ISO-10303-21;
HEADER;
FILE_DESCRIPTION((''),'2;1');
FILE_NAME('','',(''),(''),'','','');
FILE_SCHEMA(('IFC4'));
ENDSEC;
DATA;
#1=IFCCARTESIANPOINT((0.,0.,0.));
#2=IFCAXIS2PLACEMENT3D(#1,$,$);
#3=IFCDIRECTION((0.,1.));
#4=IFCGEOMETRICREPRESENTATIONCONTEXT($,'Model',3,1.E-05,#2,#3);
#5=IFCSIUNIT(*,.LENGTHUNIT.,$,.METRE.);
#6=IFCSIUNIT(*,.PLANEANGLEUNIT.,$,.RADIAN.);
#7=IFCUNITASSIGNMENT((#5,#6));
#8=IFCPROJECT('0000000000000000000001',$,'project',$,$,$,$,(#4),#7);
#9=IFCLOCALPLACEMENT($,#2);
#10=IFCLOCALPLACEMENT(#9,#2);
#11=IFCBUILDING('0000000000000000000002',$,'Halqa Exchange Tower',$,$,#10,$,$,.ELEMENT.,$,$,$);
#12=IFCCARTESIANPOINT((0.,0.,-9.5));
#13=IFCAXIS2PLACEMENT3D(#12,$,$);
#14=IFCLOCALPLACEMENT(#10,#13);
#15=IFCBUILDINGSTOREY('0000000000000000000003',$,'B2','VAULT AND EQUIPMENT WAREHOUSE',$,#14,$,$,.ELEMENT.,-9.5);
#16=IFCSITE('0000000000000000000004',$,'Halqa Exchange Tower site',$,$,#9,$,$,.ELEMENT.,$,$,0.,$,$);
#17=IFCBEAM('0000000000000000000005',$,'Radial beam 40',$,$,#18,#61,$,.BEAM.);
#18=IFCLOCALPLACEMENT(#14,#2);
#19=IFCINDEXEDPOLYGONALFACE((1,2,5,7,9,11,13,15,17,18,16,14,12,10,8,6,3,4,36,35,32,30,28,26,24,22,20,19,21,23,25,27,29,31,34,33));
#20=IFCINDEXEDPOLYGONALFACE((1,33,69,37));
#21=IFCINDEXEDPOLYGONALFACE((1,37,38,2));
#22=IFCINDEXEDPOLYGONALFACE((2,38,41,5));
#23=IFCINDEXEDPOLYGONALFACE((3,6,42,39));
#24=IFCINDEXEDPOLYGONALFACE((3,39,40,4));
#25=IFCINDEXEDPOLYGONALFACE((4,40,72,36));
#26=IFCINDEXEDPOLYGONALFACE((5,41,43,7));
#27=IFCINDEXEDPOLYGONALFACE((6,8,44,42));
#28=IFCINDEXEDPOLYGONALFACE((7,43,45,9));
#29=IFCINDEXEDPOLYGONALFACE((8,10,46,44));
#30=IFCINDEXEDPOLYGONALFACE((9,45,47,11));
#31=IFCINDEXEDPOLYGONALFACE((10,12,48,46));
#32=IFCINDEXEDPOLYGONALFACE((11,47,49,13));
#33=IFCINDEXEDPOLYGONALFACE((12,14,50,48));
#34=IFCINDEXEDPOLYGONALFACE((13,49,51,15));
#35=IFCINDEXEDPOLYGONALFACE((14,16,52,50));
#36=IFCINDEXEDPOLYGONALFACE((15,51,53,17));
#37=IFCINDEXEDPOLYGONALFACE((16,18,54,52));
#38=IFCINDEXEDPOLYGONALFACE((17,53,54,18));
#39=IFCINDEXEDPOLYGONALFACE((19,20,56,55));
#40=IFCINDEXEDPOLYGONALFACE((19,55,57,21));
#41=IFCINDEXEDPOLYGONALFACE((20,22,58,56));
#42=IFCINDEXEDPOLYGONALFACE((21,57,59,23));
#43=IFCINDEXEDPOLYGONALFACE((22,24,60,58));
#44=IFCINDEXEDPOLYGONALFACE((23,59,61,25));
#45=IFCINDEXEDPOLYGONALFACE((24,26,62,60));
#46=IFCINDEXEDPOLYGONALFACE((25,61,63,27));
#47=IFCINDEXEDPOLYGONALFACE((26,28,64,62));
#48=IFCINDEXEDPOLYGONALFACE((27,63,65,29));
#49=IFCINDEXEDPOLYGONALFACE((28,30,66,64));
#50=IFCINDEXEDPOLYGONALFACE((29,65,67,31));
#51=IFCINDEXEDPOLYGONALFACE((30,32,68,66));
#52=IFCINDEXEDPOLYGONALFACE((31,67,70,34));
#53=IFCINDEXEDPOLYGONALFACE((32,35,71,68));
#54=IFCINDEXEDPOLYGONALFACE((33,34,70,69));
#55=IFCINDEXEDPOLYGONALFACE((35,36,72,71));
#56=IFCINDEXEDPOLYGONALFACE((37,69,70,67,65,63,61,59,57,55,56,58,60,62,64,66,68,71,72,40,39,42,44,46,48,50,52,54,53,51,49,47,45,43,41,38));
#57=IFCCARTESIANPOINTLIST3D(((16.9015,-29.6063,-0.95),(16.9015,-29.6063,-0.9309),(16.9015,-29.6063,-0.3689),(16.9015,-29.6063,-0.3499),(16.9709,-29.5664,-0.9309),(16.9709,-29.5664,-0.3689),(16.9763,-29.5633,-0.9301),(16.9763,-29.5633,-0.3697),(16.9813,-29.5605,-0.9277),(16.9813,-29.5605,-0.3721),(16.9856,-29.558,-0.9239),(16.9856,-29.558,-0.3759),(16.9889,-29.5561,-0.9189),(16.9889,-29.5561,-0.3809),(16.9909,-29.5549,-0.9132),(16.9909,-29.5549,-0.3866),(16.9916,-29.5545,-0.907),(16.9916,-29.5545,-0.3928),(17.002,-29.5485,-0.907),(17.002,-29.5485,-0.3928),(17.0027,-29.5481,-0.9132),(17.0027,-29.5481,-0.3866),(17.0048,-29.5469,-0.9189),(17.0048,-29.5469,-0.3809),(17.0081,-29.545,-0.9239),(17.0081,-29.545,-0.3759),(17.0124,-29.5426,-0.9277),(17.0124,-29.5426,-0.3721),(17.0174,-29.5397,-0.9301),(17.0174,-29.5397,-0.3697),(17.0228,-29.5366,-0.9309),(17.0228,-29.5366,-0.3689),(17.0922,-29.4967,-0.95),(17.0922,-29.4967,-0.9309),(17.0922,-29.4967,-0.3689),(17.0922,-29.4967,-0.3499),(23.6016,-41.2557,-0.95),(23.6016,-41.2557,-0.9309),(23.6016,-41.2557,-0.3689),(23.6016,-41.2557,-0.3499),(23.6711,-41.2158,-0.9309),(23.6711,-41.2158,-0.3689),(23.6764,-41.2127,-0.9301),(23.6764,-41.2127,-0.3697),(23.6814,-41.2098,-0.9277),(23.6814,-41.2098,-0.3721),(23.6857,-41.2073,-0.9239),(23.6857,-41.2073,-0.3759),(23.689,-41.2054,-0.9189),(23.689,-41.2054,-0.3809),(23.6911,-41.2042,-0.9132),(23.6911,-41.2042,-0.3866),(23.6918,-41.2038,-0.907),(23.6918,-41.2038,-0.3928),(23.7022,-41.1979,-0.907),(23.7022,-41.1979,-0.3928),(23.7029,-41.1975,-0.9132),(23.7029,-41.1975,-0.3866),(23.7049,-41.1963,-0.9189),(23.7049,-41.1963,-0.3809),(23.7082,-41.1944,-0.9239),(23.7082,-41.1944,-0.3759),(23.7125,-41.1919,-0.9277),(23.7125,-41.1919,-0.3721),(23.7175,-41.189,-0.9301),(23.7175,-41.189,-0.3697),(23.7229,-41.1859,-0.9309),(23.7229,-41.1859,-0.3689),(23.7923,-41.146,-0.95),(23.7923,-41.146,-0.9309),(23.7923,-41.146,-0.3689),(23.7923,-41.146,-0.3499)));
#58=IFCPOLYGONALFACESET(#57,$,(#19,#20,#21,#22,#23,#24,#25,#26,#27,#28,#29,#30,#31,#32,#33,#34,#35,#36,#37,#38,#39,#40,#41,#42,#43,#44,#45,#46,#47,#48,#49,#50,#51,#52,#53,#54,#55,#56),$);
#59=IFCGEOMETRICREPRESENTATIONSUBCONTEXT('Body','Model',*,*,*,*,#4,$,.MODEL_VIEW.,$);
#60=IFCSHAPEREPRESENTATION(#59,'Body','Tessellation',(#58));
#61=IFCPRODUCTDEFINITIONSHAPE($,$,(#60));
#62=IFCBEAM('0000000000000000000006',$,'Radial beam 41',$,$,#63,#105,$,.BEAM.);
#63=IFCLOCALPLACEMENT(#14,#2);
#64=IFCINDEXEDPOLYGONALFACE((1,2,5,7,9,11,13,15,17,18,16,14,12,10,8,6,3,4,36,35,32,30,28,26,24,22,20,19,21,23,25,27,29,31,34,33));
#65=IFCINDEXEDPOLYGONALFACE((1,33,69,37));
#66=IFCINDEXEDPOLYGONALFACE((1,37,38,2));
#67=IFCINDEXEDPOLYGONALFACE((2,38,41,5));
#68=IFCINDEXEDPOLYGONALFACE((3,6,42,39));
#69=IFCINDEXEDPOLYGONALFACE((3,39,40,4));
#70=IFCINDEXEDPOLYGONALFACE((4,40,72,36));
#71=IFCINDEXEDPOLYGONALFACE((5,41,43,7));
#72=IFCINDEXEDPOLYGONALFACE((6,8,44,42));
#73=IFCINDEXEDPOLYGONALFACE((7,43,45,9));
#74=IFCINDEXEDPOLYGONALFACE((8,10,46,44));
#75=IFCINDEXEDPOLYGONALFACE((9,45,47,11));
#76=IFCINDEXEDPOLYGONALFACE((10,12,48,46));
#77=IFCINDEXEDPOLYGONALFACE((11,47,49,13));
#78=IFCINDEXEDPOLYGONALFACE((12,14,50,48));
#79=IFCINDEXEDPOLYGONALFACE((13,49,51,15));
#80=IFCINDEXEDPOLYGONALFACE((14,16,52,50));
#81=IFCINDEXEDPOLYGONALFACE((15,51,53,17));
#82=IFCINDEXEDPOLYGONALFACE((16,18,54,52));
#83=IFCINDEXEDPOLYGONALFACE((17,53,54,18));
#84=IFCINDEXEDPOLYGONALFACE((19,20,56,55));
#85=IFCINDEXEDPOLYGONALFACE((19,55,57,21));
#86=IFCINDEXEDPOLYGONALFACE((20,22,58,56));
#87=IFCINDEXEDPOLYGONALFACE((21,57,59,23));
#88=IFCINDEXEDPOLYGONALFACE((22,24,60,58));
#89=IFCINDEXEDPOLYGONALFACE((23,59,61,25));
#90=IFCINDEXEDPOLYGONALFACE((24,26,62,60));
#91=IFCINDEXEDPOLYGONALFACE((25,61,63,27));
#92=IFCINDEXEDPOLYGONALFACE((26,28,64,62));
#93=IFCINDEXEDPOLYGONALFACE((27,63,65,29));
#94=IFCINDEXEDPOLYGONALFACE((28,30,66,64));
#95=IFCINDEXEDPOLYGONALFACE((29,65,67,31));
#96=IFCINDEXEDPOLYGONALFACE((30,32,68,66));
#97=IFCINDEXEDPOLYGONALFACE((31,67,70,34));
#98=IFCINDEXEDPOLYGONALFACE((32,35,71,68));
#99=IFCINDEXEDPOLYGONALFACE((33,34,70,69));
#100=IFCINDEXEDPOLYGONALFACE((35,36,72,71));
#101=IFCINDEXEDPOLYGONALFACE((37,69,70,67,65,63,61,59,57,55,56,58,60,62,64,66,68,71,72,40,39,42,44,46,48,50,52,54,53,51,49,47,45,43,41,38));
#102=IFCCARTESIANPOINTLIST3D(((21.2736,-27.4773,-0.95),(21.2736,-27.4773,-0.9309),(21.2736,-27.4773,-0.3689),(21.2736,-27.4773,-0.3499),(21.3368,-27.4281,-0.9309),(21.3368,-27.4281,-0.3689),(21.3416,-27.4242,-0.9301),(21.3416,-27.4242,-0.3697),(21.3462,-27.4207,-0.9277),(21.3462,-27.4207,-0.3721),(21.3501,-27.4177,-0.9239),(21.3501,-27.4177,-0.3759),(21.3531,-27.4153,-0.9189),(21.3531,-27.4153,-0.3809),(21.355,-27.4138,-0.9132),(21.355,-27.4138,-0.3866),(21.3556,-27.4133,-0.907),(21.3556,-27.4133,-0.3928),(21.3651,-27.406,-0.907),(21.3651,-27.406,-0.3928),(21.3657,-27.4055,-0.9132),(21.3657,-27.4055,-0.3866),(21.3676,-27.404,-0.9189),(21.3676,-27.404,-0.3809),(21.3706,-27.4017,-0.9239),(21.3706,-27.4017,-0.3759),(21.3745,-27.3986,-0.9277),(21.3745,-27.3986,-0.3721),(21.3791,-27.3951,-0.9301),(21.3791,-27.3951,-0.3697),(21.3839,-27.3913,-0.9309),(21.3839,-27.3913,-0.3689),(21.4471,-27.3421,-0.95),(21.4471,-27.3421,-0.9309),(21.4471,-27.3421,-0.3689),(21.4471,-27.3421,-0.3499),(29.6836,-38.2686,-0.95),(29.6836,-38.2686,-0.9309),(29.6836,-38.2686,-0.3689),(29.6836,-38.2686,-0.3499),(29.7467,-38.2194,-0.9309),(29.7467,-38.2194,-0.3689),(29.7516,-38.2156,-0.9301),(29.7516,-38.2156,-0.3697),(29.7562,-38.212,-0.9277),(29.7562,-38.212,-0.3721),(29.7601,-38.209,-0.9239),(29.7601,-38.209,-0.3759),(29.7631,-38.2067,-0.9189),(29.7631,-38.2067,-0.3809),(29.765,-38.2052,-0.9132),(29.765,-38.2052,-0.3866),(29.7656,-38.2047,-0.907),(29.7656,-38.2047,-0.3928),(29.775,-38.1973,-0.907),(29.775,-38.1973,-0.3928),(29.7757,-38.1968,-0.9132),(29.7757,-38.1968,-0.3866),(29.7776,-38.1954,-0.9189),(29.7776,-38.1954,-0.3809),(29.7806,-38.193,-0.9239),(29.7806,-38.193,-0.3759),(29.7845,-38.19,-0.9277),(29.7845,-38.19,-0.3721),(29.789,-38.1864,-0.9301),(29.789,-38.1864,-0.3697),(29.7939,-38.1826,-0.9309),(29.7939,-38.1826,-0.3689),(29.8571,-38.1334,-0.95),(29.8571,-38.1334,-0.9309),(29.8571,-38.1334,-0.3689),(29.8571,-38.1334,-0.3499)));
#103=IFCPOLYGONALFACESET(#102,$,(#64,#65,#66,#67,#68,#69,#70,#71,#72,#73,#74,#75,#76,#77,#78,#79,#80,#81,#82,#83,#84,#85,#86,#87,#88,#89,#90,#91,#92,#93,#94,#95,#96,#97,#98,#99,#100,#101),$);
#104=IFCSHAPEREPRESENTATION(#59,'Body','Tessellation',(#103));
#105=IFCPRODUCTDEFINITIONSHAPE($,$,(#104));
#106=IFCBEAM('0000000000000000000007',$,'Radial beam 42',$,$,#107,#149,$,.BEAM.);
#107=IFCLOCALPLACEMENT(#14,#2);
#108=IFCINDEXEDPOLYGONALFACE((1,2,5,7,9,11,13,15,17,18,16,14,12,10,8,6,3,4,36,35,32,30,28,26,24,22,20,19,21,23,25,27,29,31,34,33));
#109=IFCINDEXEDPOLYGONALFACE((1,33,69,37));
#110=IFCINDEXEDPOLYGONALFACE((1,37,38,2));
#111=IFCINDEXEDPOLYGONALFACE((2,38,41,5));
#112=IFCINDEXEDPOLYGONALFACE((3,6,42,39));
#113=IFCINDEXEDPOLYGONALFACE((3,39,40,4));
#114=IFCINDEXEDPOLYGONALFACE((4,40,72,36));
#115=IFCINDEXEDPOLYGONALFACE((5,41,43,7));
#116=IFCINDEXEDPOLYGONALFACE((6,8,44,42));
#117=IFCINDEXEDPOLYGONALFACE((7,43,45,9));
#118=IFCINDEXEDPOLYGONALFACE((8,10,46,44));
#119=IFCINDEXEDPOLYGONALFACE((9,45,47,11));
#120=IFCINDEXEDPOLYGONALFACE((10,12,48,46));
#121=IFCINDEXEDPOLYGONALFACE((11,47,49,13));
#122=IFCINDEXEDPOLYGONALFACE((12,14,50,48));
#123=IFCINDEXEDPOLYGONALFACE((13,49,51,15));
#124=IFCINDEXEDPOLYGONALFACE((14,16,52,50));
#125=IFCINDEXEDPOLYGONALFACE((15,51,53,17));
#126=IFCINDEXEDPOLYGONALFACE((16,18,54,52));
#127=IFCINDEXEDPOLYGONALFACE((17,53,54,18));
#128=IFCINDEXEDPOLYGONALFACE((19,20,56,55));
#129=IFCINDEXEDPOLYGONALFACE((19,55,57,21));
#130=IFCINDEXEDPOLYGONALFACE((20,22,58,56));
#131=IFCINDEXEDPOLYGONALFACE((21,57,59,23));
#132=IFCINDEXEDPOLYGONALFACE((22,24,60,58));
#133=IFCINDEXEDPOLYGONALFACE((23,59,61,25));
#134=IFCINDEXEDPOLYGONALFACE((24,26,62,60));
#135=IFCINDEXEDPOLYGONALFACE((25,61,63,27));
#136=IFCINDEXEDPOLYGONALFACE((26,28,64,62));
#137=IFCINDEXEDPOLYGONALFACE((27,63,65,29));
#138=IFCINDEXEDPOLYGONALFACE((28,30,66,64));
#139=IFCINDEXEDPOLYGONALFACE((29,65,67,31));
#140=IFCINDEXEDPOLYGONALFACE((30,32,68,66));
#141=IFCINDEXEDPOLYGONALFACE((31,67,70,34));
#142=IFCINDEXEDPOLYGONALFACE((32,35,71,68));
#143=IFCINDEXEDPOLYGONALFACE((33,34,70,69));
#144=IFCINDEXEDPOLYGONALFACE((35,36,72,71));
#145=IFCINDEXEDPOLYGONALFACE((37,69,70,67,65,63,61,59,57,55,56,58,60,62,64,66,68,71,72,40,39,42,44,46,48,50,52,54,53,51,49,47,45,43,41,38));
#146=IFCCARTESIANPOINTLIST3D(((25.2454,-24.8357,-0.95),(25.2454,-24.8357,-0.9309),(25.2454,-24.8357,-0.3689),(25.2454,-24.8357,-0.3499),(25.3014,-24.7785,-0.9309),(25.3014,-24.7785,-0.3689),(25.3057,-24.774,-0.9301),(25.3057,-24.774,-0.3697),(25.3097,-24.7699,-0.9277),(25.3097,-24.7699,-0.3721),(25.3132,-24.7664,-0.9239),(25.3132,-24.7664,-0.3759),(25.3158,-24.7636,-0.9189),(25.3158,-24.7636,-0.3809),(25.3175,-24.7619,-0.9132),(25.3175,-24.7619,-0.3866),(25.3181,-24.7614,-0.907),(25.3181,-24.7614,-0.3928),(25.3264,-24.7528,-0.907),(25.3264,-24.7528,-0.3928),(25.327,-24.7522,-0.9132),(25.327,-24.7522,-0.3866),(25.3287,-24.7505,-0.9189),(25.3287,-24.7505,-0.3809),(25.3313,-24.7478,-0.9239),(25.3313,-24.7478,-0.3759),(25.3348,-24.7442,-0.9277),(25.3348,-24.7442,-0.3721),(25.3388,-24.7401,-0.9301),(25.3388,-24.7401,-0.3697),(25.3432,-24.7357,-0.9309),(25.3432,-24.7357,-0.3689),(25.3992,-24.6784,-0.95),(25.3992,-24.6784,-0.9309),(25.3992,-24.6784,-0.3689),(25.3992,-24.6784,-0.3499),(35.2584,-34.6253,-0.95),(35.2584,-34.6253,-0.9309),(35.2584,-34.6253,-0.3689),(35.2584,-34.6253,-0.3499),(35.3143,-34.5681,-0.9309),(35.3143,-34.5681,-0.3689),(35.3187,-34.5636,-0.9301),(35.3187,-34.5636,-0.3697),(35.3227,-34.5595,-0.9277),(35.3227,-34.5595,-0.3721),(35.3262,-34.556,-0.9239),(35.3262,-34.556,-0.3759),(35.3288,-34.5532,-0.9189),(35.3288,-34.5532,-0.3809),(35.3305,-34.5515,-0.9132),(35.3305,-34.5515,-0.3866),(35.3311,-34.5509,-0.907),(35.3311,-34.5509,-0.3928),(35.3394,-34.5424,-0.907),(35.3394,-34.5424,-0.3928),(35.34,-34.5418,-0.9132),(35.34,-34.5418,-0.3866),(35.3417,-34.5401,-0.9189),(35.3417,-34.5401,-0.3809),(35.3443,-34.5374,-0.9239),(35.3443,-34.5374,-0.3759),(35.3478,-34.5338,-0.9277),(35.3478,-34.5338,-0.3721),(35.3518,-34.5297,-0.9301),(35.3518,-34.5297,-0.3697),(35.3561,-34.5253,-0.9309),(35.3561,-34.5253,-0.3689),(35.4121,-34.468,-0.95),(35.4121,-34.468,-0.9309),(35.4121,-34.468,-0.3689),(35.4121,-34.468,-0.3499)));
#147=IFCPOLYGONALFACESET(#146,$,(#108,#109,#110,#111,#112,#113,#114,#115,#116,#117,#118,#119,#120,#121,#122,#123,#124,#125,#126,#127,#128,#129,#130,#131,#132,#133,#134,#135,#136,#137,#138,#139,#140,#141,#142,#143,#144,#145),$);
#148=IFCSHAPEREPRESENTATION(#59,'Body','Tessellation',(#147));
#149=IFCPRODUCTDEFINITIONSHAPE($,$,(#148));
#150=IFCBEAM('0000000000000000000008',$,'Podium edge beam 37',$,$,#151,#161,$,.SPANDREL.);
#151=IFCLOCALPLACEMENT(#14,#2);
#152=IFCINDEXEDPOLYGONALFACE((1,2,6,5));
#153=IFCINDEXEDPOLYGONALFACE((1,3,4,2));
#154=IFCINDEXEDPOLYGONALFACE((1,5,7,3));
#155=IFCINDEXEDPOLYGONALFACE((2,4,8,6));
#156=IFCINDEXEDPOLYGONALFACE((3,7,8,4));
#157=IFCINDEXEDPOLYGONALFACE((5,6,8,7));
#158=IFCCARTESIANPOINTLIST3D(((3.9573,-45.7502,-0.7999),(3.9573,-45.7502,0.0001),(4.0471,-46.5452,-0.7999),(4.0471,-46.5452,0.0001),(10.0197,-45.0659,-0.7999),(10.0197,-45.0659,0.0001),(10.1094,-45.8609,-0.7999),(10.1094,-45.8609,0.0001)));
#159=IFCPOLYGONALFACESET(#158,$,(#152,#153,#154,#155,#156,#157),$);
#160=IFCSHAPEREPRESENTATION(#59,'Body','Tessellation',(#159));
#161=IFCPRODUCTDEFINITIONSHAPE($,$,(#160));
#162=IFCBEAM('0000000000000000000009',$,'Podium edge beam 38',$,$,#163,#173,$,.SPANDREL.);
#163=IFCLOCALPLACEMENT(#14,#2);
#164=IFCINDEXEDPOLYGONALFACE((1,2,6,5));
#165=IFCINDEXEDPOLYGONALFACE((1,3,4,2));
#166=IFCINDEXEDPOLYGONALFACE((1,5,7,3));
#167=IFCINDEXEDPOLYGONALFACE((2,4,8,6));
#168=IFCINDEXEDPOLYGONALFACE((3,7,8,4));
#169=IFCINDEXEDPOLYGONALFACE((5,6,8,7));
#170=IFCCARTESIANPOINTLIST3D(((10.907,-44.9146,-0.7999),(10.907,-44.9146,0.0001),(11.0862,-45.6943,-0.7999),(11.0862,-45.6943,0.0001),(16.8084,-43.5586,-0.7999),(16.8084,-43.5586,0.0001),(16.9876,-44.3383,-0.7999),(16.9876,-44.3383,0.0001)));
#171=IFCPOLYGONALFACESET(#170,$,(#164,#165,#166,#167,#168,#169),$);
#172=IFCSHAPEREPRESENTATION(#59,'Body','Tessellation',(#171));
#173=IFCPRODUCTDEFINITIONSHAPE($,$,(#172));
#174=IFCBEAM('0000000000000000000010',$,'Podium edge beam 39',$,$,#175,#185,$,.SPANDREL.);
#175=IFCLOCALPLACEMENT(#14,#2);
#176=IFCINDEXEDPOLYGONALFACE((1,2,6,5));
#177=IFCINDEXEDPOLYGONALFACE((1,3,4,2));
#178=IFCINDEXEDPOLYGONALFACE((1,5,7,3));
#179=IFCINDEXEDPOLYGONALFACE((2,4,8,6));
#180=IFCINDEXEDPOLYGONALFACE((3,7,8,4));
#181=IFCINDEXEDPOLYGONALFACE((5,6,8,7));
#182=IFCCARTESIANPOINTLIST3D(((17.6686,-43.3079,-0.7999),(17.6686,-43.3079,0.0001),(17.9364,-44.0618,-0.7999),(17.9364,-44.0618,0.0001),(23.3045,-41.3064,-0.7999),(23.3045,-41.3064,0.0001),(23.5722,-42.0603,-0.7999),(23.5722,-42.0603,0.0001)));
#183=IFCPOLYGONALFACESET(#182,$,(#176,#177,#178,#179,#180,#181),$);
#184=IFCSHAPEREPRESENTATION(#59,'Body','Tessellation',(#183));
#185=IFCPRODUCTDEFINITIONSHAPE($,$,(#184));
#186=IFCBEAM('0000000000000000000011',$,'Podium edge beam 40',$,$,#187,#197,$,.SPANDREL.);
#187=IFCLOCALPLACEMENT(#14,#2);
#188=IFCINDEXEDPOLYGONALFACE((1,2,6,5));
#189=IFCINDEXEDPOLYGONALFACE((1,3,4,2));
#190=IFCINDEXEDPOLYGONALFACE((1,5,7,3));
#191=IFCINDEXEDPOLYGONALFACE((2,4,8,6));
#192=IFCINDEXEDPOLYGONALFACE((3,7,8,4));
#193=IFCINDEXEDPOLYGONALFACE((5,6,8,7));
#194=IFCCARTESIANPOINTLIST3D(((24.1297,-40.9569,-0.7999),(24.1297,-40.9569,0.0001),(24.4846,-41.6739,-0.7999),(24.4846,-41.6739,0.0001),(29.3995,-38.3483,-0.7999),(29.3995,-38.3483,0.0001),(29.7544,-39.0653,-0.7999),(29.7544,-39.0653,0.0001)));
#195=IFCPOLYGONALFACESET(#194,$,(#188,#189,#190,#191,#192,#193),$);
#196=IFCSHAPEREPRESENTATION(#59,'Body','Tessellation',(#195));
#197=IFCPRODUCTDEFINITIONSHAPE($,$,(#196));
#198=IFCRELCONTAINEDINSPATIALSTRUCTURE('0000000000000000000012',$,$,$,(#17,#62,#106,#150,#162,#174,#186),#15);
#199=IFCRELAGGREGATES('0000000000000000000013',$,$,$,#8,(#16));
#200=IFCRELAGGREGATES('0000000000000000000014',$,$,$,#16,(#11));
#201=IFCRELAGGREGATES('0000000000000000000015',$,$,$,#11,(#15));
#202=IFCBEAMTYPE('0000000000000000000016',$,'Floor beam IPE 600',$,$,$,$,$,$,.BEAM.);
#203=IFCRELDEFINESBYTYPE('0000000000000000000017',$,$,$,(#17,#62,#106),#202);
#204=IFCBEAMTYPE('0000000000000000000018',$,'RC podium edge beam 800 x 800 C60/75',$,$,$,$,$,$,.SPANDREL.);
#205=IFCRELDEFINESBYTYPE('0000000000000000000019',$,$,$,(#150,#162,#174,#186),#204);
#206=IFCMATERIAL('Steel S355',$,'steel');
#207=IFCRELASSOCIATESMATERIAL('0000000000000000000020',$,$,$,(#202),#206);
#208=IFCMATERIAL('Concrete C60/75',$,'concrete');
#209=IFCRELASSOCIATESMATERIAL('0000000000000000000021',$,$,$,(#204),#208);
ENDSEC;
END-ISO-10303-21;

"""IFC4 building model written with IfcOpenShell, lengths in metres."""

from ifc_helpers import new_model, si_unit, direction, frame, origin, origin_2d, place, context, subcontext, project, spatial, rectangle, i_section, extrude, material, material_profile, profile_set, type_object, element, save


model = new_model("IFC4")

# Units and contexts
model_context = context("Model", 3, precision=1e-05, world=origin(), true_north=direction((0.0, 1.0)))
body_context = subcontext(model_context, "Body", "Model", "MODEL_VIEW")
ifc_project = project(units=[si_unit("LENGTHUNIT", "METRE"), si_unit("PLANEANGLEUNIT", "RADIAN")], contexts=[model_context])

# Site, building, storey
site_placement = place(None, origin())
site = spatial("IfcSite", under=ifc_project, at=site_placement, Name="Halqa Exchange Tower site", CompositionType="ELEMENT", RefElevation=0.0)
building_placement = place(site_placement, origin())
building = spatial("IfcBuilding", under=site, at=building_placement, Name="Halqa Exchange Tower", CompositionType="ELEMENT")
storey_placement = place(building_placement, frame((0.0, 0.0, -9.5)))
storey = spatial("IfcBuildingStorey", under=building, at=storey_placement, Name="B2", Description="VAULT AND EQUIPMENT WAREHOUSE", CompositionType="ELEMENT", Elevation=-9.5)

# Shared definitions
ifc_material_1 = material(Name="Concrete C60/75", Category="concrete")

# Beams
ifc_material_2 = material(Name="Steel S355", Category="steel")
ifc_material_profile_1 = material_profile(ifc_material_2, i_section(OverallWidth=0.22, OverallDepth=0.6001, WebThickness=0.012, FlangeThickness=0.019, FilletRadius=0.0239, at=origin_2d()), Name="IPE 600")
ifc_profile_set_1 = profile_set([ifc_material_profile_1], Name="Steel S355")
beam_type_1 = type_object("IfcBeamType", Name="Floor beam IPE 600", PredefinedType="BEAM", material=ifc_profile_set_1)
beam_1_placement = place(storey_placement, frame((16.9968, -29.5515, -0.6499), z_axis=(0.498571, -0.866849, 0.0), x_axis=(0.866849, 0.498571, 0.0)))
element("IfcBeam", 1, at=beam_1_placement, inside=storey, type_object=beam_type_1, Name="Radial beam 40", PredefinedType="BEAM", context=body_context, shape_type="SweptSolid", body=[
    extrude(i_section(OverallWidth=0.22, OverallDepth=0.6001, WebThickness=0.012, FlangeThickness=0.019, FilletRadius=0.0239, at=origin_2d()), origin(), (0.0, 0.0, 1.0), 13.4387),
])
beam_2_placement = place(storey_placement, frame((21.3604, -27.4097, -0.6499), z_axis=(0.614701, -0.78876, 0.0), x_axis=(0.78876, 0.614701, 0.0)))
element("IfcBeam", 2, at=beam_2_placement, inside=storey, type_object=beam_type_1, Name="Radial beam 41", PredefinedType="BEAM", context=body_context, shape_type="SweptSolid", body=[
    extrude(i_section(OverallWidth=0.22, OverallDepth=0.6001, WebThickness=0.012, FlangeThickness=0.019, FilletRadius=0.0239, at=origin_2d()), origin(), (0.0, 0.0, 1.0), 13.6814),
])
beam_3_placement = place(storey_placement, frame((25.3223, -24.7571, -0.6499), z_axis=(0.715038, -0.699086, 0.0), x_axis=(0.699086, 0.715038, 0.0)))
element("IfcBeam", 3, at=beam_3_placement, inside=storey, type_object=beam_type_1, Name="Radial beam 42", PredefinedType="BEAM", context=body_context, shape_type="SweptSolid", body=[
    extrude(i_section(OverallWidth=0.22, OverallDepth=0.6001, WebThickness=0.012, FlangeThickness=0.019, FilletRadius=0.0239, at=origin_2d()), origin(), (0.0, 0.0, 1.0), 14.0034),
])
ifc_material_profile_2 = material_profile(ifc_material_1, rectangle(XDim=0.8, YDim=0.8, at=origin_2d()), Name="800 x 800")
ifc_profile_set_2 = profile_set([ifc_material_profile_2], Name="Concrete C60/75")
beam_type_2 = type_object("IfcBeamType", Name="RC podium edge beam 800 x 800 C60/75", PredefinedType="SPANDREL", material=ifc_profile_set_2)
beam_4_placement = place(storey_placement, frame((4.0022, -46.1477, -0.3999), z_axis=(0.993689, 0.112171, 0.0), x_axis=(-0.112171, 0.993689, 0.0)))
element("IfcBeam", 4, at=beam_4_placement, inside=storey, type_object=beam_type_2, Name="Podium edge beam 37", PredefinedType="SPANDREL", context=body_context, shape_type="SweptSolid", body=[
    extrude(rectangle(XDim=0.8, YDim=0.8, at=origin_2d()), origin(), (0.0, 0.0, 1.0), 6.1008),
])
beam_5_placement = place(storey_placement, frame((10.9966, -45.3044, -0.3999), z_axis=(0.974604, 0.223935, 0.0), x_axis=(-0.223935, 0.974604, 0.0)))
element("IfcBeam", 5, at=beam_5_placement, inside=storey, type_object=beam_type_2, Name="Podium edge beam 38", PredefinedType="SPANDREL", context=body_context, shape_type="SweptSolid", body=[
    extrude(rectangle(XDim=0.8, YDim=0.8, at=origin_2d()), origin(), (0.0, 0.0, 1.0), 6.0552),
])
beam_6_placement = place(storey_placement, frame((17.8025, -43.6848, -0.3999), z_axis=(0.942343, 0.334647, 0.0), x_axis=(-0.334647, 0.942343, 0.0)))
element("IfcBeam", 6, at=beam_6_placement, inside=storey, type_object=beam_type_2, Name="Podium edge beam 39", PredefinedType="SPANDREL", context=body_context, shape_type="SweptSolid", body=[
    extrude(rectangle(XDim=0.8, YDim=0.8, at=origin_2d()), origin(), (0.0, 0.0, 1.0), 5.9807),
])
beam_7_placement = place(storey_placement, frame((24.3071, -41.3154, -0.3999), z_axis=(0.896205, 0.443639, 0.0), x_axis=(-0.443639, 0.896205, 0.0)))
element("IfcBeam", 7, at=beam_7_placement, inside=storey, type_object=beam_type_2, Name="Podium edge beam 40", PredefinedType="SPANDREL", context=body_context, shape_type="SweptSolid", body=[
    extrude(rectangle(XDim=0.8, YDim=0.8, at=origin_2d()), origin(), (0.0, 0.0, 1.0), 5.8801),
])

save(model, "model.ifc")
